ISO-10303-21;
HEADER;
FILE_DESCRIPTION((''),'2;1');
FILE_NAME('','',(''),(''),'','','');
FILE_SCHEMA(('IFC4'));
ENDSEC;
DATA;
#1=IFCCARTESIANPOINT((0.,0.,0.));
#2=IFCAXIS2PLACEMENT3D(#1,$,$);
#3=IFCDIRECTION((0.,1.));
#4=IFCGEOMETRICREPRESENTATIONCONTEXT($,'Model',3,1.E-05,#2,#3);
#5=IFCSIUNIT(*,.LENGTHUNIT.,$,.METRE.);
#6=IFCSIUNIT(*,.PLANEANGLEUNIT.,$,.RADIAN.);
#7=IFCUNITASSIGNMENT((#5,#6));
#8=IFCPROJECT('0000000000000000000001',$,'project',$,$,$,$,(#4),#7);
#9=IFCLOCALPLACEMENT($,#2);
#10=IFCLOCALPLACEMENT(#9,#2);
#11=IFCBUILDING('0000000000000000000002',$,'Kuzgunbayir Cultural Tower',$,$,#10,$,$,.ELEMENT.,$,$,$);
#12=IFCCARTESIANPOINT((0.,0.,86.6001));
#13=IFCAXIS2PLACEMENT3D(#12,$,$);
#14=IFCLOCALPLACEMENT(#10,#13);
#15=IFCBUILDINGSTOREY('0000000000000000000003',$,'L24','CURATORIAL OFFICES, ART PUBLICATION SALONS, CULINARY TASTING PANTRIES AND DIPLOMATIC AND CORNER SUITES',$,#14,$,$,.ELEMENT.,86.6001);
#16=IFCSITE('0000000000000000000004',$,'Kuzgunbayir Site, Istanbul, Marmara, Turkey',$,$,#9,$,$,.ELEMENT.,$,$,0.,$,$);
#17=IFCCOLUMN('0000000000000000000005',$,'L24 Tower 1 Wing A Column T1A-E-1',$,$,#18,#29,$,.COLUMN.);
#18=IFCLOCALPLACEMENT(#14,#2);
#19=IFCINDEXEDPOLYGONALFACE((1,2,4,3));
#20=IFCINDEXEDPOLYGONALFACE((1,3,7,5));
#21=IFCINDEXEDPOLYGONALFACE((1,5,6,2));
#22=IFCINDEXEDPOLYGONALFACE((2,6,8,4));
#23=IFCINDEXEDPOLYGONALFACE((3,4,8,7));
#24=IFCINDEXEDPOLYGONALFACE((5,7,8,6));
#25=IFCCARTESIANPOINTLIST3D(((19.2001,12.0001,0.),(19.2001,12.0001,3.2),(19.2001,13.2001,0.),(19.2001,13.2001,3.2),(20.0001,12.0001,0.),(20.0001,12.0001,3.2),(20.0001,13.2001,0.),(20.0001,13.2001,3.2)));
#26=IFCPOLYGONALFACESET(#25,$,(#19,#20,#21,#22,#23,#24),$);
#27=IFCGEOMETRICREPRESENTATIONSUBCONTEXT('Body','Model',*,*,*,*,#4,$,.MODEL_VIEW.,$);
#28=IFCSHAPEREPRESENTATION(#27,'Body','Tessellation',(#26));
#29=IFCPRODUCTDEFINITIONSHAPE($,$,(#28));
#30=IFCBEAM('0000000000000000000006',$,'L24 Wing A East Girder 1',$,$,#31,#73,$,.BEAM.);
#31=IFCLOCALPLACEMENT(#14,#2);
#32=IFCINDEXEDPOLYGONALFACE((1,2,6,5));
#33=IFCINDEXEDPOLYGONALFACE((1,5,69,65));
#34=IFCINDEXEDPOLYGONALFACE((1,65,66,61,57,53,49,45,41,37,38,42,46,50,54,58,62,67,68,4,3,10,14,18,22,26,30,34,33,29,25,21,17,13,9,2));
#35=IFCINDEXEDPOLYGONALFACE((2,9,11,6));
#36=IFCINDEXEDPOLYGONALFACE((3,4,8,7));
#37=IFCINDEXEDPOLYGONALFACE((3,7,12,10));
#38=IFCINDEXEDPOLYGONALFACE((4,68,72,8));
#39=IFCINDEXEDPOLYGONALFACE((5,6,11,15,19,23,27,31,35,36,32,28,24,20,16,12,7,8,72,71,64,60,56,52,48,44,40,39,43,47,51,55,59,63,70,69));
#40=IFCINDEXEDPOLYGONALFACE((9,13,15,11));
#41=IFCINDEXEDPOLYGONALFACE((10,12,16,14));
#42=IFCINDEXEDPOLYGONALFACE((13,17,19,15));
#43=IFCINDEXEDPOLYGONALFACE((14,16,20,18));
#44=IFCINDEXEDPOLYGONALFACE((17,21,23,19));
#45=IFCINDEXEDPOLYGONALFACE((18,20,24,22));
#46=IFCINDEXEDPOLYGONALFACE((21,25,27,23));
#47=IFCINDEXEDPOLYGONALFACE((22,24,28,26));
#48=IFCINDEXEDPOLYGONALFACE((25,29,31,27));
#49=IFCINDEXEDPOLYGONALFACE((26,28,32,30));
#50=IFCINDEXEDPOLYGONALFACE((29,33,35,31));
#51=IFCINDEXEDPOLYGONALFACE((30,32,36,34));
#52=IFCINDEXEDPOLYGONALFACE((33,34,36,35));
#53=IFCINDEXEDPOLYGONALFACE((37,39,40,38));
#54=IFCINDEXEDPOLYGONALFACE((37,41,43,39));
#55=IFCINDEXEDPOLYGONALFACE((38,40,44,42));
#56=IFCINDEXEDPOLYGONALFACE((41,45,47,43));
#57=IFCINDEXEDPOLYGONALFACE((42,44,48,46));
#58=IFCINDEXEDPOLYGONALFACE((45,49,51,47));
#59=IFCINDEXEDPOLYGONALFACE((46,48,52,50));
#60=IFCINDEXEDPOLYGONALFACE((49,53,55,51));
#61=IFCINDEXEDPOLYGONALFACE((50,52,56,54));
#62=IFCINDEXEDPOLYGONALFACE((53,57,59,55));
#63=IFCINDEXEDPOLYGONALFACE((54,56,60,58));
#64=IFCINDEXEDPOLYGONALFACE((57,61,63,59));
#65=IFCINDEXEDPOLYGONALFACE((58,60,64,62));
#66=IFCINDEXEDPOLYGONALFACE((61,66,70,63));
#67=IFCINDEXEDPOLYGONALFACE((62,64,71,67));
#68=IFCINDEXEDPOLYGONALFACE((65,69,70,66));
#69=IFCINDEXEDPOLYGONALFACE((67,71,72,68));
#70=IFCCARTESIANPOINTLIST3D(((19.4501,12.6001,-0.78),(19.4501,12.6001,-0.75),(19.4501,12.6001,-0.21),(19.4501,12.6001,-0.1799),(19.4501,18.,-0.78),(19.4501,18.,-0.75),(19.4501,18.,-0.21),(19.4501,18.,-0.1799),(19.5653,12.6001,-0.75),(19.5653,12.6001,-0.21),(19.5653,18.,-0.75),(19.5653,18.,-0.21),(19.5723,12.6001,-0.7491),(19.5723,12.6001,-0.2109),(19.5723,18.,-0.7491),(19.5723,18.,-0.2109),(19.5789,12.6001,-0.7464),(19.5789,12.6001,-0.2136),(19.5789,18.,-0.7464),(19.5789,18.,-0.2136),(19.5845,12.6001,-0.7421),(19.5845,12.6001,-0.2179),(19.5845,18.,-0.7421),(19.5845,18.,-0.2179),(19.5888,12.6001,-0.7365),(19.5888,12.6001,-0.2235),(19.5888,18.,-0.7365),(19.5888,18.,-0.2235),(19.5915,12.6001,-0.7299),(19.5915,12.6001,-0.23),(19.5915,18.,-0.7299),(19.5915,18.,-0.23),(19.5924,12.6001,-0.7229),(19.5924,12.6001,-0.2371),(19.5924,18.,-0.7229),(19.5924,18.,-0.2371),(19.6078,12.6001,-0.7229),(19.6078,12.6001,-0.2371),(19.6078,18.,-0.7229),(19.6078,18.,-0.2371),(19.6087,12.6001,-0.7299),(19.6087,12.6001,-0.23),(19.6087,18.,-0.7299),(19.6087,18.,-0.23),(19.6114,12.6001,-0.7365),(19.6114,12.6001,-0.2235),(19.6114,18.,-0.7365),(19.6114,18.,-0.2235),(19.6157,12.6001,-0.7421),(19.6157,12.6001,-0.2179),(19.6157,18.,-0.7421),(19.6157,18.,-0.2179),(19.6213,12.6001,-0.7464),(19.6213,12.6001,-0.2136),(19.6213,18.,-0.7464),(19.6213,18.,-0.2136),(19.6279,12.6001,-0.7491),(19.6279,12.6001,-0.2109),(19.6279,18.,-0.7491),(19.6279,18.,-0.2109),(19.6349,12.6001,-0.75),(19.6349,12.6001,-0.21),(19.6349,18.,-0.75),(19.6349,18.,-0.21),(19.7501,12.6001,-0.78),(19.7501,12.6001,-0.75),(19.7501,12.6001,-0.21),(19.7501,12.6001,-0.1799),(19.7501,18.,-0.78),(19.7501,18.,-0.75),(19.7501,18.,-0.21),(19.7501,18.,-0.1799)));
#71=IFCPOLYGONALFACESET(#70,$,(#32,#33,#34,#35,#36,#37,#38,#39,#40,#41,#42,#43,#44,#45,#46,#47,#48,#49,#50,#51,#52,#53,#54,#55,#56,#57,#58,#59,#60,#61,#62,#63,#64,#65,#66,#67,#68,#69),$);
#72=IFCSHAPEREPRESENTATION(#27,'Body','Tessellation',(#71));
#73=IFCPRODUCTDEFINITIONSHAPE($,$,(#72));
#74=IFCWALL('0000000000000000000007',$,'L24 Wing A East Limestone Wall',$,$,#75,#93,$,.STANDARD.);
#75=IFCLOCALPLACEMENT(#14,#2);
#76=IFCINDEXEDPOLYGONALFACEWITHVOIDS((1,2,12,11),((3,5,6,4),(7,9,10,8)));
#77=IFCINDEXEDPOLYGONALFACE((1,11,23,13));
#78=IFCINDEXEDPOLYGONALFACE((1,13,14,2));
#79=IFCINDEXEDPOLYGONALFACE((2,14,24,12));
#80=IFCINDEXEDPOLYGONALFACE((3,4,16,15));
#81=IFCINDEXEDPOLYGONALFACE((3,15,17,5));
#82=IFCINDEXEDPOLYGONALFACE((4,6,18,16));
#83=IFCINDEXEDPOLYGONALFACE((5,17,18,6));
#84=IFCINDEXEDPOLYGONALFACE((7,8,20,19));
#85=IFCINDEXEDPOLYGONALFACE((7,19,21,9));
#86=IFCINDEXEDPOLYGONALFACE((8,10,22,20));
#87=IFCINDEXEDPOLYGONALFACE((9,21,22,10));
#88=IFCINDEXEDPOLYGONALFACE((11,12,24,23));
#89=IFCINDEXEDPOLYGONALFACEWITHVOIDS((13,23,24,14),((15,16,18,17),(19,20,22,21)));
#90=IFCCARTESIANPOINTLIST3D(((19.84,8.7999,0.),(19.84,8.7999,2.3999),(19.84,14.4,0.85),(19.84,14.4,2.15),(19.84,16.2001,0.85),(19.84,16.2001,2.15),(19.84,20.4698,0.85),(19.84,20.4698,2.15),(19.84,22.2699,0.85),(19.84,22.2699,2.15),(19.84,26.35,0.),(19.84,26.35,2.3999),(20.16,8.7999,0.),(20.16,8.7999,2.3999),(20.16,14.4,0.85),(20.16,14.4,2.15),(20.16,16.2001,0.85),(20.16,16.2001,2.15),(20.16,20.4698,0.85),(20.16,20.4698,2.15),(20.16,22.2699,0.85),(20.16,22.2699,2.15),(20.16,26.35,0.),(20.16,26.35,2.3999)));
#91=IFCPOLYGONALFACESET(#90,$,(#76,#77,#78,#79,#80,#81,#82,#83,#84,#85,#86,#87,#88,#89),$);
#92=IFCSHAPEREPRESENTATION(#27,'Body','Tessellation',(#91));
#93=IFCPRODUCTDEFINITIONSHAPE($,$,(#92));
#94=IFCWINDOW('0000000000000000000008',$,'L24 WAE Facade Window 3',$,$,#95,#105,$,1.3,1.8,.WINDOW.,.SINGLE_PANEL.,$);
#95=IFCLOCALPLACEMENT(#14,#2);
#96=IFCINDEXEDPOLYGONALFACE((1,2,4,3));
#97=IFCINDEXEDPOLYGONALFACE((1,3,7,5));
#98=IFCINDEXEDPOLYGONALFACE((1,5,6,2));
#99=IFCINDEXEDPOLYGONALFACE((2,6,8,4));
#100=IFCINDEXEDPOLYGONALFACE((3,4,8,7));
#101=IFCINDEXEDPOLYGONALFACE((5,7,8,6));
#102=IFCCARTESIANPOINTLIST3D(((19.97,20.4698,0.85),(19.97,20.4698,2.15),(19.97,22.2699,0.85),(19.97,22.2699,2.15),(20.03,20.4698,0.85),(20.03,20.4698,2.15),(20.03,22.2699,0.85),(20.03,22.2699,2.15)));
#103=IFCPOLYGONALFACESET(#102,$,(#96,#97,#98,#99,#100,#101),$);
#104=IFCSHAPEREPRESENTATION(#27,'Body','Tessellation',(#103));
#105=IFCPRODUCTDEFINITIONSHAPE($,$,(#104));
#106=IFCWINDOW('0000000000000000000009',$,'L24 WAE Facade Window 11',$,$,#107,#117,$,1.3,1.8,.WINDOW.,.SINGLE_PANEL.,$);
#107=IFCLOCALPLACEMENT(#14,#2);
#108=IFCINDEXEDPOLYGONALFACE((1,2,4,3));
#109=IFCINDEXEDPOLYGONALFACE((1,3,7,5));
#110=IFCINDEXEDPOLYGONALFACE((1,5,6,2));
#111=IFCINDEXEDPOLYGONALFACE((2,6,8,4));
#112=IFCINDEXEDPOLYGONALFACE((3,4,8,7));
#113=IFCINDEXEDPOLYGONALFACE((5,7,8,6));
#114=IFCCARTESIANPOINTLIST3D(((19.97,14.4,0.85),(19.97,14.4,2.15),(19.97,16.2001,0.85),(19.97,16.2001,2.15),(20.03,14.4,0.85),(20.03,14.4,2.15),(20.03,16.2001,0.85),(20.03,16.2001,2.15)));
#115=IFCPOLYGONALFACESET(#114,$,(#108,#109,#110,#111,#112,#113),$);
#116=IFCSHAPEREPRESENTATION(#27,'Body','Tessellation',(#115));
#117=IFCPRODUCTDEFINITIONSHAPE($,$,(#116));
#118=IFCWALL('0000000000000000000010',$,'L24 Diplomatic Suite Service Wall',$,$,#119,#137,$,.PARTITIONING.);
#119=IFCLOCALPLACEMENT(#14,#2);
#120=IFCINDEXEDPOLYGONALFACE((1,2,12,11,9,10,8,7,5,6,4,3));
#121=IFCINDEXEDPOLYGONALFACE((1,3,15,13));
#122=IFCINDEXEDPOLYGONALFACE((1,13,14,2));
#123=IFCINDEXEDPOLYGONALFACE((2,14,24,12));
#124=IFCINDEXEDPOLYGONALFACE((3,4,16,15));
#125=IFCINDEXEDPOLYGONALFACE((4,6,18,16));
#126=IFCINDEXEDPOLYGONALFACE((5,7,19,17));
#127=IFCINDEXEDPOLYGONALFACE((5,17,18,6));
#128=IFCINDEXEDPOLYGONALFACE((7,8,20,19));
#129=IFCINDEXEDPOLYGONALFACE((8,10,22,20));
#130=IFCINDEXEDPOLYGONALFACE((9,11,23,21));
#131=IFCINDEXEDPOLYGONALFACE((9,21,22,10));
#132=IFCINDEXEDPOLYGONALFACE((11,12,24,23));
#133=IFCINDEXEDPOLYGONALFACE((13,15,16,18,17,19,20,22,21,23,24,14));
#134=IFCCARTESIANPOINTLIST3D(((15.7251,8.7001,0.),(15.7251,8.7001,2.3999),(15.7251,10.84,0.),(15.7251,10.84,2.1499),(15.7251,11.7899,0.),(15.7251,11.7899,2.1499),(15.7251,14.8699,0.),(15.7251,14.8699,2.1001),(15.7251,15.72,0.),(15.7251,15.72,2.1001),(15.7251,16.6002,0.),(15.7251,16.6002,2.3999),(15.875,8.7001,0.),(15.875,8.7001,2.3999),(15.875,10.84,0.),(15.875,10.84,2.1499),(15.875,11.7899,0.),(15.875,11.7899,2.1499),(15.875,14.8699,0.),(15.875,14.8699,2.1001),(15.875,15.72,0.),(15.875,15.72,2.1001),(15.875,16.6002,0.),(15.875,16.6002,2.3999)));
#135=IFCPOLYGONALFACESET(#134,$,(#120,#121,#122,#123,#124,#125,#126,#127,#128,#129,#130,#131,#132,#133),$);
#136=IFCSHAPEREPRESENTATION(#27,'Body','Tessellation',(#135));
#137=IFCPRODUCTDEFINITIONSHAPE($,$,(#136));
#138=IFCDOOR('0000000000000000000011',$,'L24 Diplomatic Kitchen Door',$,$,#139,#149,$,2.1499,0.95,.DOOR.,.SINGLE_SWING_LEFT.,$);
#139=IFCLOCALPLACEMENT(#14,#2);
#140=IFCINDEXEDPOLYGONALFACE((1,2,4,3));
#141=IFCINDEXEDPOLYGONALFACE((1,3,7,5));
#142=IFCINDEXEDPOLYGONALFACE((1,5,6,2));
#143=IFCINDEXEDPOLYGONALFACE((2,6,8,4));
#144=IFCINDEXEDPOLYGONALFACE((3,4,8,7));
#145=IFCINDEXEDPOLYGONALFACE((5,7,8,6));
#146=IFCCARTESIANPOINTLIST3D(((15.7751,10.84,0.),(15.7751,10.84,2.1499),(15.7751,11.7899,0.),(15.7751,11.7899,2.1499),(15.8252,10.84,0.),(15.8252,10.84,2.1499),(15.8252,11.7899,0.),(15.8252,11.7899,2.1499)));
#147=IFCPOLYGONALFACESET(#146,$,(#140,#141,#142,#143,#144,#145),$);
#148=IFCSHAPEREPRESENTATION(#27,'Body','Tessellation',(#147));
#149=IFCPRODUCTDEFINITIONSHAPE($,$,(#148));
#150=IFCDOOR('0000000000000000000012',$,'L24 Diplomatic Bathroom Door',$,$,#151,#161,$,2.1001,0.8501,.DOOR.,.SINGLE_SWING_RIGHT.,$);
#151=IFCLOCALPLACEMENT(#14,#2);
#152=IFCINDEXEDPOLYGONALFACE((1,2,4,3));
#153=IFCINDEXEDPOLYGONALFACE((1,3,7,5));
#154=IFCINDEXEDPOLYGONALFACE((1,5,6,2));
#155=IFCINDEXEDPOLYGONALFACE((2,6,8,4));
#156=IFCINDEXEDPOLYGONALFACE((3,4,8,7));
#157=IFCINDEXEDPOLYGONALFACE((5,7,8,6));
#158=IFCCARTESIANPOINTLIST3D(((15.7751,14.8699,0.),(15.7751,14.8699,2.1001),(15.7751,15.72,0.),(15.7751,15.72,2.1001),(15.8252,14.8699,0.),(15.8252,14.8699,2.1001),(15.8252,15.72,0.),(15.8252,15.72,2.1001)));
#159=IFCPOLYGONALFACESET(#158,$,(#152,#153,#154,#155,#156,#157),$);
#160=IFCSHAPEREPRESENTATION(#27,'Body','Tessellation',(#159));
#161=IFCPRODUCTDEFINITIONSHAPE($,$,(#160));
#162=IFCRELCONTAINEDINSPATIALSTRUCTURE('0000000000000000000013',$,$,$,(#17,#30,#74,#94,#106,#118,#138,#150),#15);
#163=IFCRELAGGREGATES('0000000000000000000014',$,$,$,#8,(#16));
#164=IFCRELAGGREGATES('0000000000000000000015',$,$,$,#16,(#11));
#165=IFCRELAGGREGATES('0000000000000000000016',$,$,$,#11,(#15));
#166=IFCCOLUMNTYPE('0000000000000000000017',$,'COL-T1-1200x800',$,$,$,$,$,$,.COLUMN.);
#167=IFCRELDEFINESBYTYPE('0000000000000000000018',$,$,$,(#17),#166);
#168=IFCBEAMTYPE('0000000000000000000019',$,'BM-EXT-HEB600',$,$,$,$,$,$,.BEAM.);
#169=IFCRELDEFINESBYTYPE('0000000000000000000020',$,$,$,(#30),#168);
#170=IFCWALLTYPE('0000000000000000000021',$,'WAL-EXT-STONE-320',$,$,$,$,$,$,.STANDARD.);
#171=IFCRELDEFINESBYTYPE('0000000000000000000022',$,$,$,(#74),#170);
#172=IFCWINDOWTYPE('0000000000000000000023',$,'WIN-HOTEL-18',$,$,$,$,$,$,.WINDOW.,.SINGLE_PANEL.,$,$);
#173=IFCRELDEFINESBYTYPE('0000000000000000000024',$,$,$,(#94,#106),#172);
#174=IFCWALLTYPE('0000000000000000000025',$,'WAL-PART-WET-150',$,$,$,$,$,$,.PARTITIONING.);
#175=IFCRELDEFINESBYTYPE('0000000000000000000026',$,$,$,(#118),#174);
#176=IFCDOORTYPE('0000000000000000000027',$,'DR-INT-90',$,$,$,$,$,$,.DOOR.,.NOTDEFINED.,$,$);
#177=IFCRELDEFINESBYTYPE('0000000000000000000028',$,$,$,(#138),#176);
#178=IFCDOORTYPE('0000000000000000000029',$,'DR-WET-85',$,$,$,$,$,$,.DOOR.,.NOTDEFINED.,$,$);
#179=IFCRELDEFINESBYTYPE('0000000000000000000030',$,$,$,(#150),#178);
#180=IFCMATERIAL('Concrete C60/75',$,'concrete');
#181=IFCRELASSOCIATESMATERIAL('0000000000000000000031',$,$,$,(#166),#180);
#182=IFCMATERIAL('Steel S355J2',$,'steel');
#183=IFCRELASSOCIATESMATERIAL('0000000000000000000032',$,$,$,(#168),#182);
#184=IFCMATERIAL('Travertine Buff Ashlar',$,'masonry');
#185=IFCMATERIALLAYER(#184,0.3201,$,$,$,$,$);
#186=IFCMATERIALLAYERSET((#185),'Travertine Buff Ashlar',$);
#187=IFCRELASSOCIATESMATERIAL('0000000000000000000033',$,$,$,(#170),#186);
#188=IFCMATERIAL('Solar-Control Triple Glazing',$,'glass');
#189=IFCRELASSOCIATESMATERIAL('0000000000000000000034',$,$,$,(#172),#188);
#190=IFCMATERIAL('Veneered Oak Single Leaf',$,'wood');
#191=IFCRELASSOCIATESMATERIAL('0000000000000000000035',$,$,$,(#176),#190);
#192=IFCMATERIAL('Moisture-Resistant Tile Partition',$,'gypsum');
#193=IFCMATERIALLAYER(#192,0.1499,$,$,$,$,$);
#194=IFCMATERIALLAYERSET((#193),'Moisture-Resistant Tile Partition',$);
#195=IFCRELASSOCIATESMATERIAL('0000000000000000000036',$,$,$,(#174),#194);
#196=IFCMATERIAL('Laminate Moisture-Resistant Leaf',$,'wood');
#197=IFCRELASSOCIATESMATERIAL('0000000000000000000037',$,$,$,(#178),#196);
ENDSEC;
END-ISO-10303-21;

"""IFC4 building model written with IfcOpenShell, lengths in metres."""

from ifc_helpers import new_model, si_unit, direction, frame, frame_2d, origin, origin_2d, place, context, subcontext, project, spatial, rectangle, i_section, extrude, material, layer, layer_set, material_profile, profile_set, type_object, element, fill, save


model = new_model("IFC4")

# Units and contexts
model_context = context("Model", 3, precision=1e-05, world=origin(), true_north=direction((0.0, 1.0)))
body_context = subcontext(model_context, "Body", "Model", "MODEL_VIEW")
ifc_project = project(units=[si_unit("LENGTHUNIT", "METRE"), si_unit("PLANEANGLEUNIT", "RADIAN")], contexts=[model_context])

# Site, building, storey
site_placement = place(None, origin())
site = spatial("IfcSite", under=ifc_project, at=site_placement, Name="Kuzgunbayir Site, Istanbul, Marmara, Turkey", CompositionType="ELEMENT", RefElevation=0.0)
building_placement = place(site_placement, origin())
building = spatial("IfcBuilding", under=site, at=building_placement, Name="Kuzgunbayir Cultural Tower", CompositionType="ELEMENT")
storey_placement = place(building_placement, frame((0.0, 0.0, 86.6001)))
storey = spatial("IfcBuildingStorey", under=building, at=storey_placement, Name="L24", Description="CURATORIAL OFFICES, ART PUBLICATION SALONS, CULINARY TASTING PANTRIES AND DIPLOMATIC AND CORNER SUITES", CompositionType="ELEMENT", Elevation=86.6001)

# Column
ifc_material_1 = material(Name="Concrete C60/75", Category="concrete")
ifc_material_profile_1 = material_profile(ifc_material_1, rectangle(XDim=0.8, YDim=1.2, at=origin_2d()), Name="RC 1200x800")
ifc_profile_set_1 = profile_set([ifc_material_profile_1], Name="Concrete C60/75")
column_type = type_object("IfcColumnType", Name="COL-T1-1200x800", PredefinedType="COLUMN", material=ifc_profile_set_1)
column_placement = place(storey_placement, frame((19.6001, 12.6001, 0.0), z_axis=(0.0, 0.0, 1.0), x_axis=(1.0, 0.0, 0.0)))
element("IfcColumn", 1, at=column_placement, inside=storey, type_object=column_type, Name="L24 Tower 1 Wing A Column T1A-E-1", PredefinedType="COLUMN", context=body_context, shape_type="SweptSolid", body=[
    extrude(rectangle(XDim=0.8, YDim=1.2, at=origin_2d()), origin(), (0.0, 0.0, 1.0), 3.2),
])

# Beam
ifc_material_2 = material(Name="Steel S355J2", Category="steel")
ifc_material_profile_2 = material_profile(ifc_material_2, i_section(OverallWidth=0.3, OverallDepth=0.6001, WebThickness=0.0154, FlangeThickness=0.03, FilletRadius=0.0271, at=origin_2d()), Name="HEB 600")
ifc_profile_set_2 = profile_set([ifc_material_profile_2], Name="Steel S355J2")
beam_type = type_object("IfcBeamType", Name="BM-EXT-HEB600", PredefinedType="BEAM", material=ifc_profile_set_2)
beam_placement = place(storey_placement, frame((19.6001, 12.6001, -0.48), z_axis=(0.0, 1.0, 0.0), x_axis=(-1.0, 0.0, 0.0)))
element("IfcBeam", 2, at=beam_placement, inside=storey, type_object=beam_type, Name="L24 Wing A East Girder 1", PredefinedType="BEAM", context=body_context, shape_type="SweptSolid", body=[
    extrude(i_section(OverallWidth=0.3, OverallDepth=0.6001, WebThickness=0.0154, FlangeThickness=0.03, FilletRadius=0.0271, at=origin_2d()), origin(), (0.0, 0.0, 1.0), 5.3999),
])

# Wall, openings, windows
ifc_material_3 = material(Name="Travertine Buff Ashlar", Category="masonry")
ifc_layer_1 = layer(ifc_material_3, 0.3201)
ifc_layer_set_1 = layer_set([ifc_layer_1], Name="Travertine Buff Ashlar")
wall_type_1 = type_object("IfcWallType", Name="WAL-EXT-STONE-320", PredefinedType="STANDARD", material=ifc_layer_set_1)
wall_1_placement = place(storey_placement, frame((20.0, 8.8, 0.0), z_axis=(0.0, 0.0, 1.0), x_axis=(0.0, 1.0, 0.0)))
wall_1 = element("IfcWall", 3, at=wall_1_placement, inside=storey, type_object=wall_type_1, Name="L24 Wing A East Limestone Wall", PredefinedType="STANDARD", context=body_context, shape_type="SweptSolid", body=[
    extrude(rectangle(XDim=17.55, YDim=0.3201, at=frame_2d((8.7749, 0.0))), origin(), (0.0, 0.0, 1.0), 2.3999),
])
opening_1_placement = place(wall_1_placement, frame((11.6699, 0.0, 0.8501)))
opening_1 = element("IfcOpeningElement", 4, at=opening_1_placement, cuts=wall_1, PredefinedType="OPENING", context=body_context, shape_type="SweptSolid", body=[
    extrude(rectangle(XDim=1.8, YDim=1.3, at=frame_2d((0.8999, 0.6499))), frame((0.0, 0.1699, 0.0), z_axis=(0.0, -1.0, 0.0), x_axis=(1.0, 0.0, 0.0)), (0.0, 0.0, 1.0), 0.3401),
])
opening_2_placement = place(wall_1_placement, frame((5.6001, 0.0, 0.8501)))
opening_2 = element("IfcOpeningElement", 5, at=opening_2_placement, cuts=wall_1, PredefinedType="OPENING", context=body_context, shape_type="SweptSolid", body=[
    extrude(rectangle(XDim=1.8, YDim=1.3, at=frame_2d((0.8999, 0.6499))), frame((0.0, 0.1699, 0.0), z_axis=(0.0, -1.0, 0.0), x_axis=(1.0, 0.0, 0.0)), (0.0, 0.0, 1.0), 0.3401),
])
ifc_material_4 = material(Name="Solar-Control Triple Glazing", Category="glass")
window_type = type_object("IfcWindowType", Name="WIN-HOTEL-18", PartitioningType="SINGLE_PANEL", PredefinedType="WINDOW", material=ifc_material_4)
window_1_placement = place(opening_1_placement, origin())
window_1 = element("IfcWindow", 6, at=window_1_placement, inside=storey, type_object=window_type, Name="L24 WAE Facade Window 3", OverallHeight=1.3, OverallWidth=1.8, PartitioningType="SINGLE_PANEL", PredefinedType="WINDOW", context=body_context, shape_type="SweptSolid", body=[
    extrude(rectangle(XDim=1.8, YDim=1.3, at=frame_2d((0.8999, 0.6499))), frame((0.0, 0.03, 0.0), z_axis=(0.0, -1.0, 0.0), x_axis=(1.0, 0.0, 0.0)), (0.0, 0.0, 1.0), 0.0601),
])
fill(opening_1, window_1)
window_2_placement = place(opening_2_placement, origin())
window_2 = element("IfcWindow", 7, at=window_2_placement, inside=storey, type_object=window_type, Name="L24 WAE Facade Window 11", OverallHeight=1.3, OverallWidth=1.8, PartitioningType="SINGLE_PANEL", PredefinedType="WINDOW", context=body_context, shape_type="SweptSolid", body=[
    extrude(rectangle(XDim=1.8, YDim=1.3, at=frame_2d((0.8999, 0.6499))), frame((0.0, 0.03, 0.0), z_axis=(0.0, -1.0, 0.0), x_axis=(1.0, 0.0, 0.0)), (0.0, 0.0, 1.0), 0.0601),
])
fill(opening_2, window_2)

# Wall, openings, doors
ifc_material_5 = material(Name="Veneered Oak Single Leaf", Category="wood")
door_type_1 = type_object("IfcDoorType", Name="DR-INT-90", OperationType="NOTDEFINED", PredefinedType="DOOR", material=ifc_material_5)
ifc_material_6 = material(Name="Laminate Moisture-Resistant Leaf", Category="wood")
ifc_material_7 = material(Name="Moisture-Resistant Tile Partition", Category="gypsum")
ifc_layer_2 = layer(ifc_material_7, 0.1499)
ifc_layer_set_2 = layer_set([ifc_layer_2], Name="Moisture-Resistant Tile Partition")
wall_type_2 = type_object("IfcWallType", Name="WAL-PART-WET-150", PredefinedType="PARTITIONING", material=ifc_layer_set_2)
wall_2_placement = place(storey_placement, frame((15.8, 8.7, 0.0), z_axis=(0.0, 0.0, 1.0), x_axis=(0.0, 1.0, 0.0)))
wall_2 = element("IfcWall", 8, at=wall_2_placement, inside=storey, type_object=wall_type_2, Name="L24 Diplomatic Suite Service Wall", PredefinedType="PARTITIONING", context=body_context, shape_type="SweptSolid", body=[
    extrude(rectangle(XDim=7.9001, YDim=0.1499, at=frame_2d((3.9502, 0.0))), origin(), (0.0, 0.0, 1.0), 2.3999),
])
opening_3_placement = place(wall_2_placement, frame((2.1399, 0.0, 0.0)))
opening_3 = element("IfcOpeningElement", 9, at=opening_3_placement, cuts=wall_2, PredefinedType="OPENING", context=body_context, shape_type="SweptSolid", body=[
    extrude(rectangle(XDim=0.95, YDim=2.1499, at=frame_2d((0.4751, 1.075))), frame((0.0, 0.085, 0.0), z_axis=(0.0, -1.0, 0.0), x_axis=(1.0, 0.0, 0.0)), (0.0, 0.0, 1.0), 0.1699),
])
opening_4_placement = place(wall_2_placement, frame((6.1699, 0.0, 0.0)))
opening_4 = element("IfcOpeningElement", 10, at=opening_4_placement, cuts=wall_2, PredefinedType="OPENING", context=body_context, shape_type="SweptSolid", body=[
    extrude(rectangle(XDim=0.8501, YDim=2.1001, at=frame_2d((0.425, 1.05))), frame((0.0, 0.085, 0.0), z_axis=(0.0, -1.0, 0.0), x_axis=(1.0, 0.0, 0.0)), (0.0, 0.0, 1.0), 0.1699),
])
door_1_placement = place(opening_3_placement, origin())
door_1 = element("IfcDoor", 11, at=door_1_placement, inside=storey, type_object=door_type_1, Name="L24 Diplomatic Kitchen Door", OperationType="SINGLE_SWING_LEFT", OverallHeight=2.1499, OverallWidth=0.95, PredefinedType="DOOR", context=body_context, shape_type="SweptSolid", body=[
    extrude(rectangle(XDim=0.95, YDim=2.1499, at=frame_2d((0.4751, 1.075))), frame((0.0, 0.0249, 0.0), z_axis=(0.0, -1.0, 0.0), x_axis=(1.0, 0.0, 0.0)), (0.0, 0.0, 1.0), 0.05),
])
fill(opening_3, door_1)
door_type_2 = type_object("IfcDoorType", Name="DR-WET-85", OperationType="NOTDEFINED", PredefinedType="DOOR", material=ifc_material_6)
door_2_placement = place(opening_4_placement, origin())
door_2 = element("IfcDoor", 12, at=door_2_placement, inside=storey, type_object=door_type_2, Name="L24 Diplomatic Bathroom Door", OperationType="SINGLE_SWING_RIGHT", OverallHeight=2.1001, OverallWidth=0.8501, PredefinedType="DOOR", context=body_context, shape_type="SweptSolid", body=[
    extrude(rectangle(XDim=0.8501, YDim=2.1001, at=frame_2d((0.425, 1.05))), frame((0.0, 0.0249, 0.0), z_axis=(0.0, -1.0, 0.0), x_axis=(1.0, 0.0, 0.0)), (0.0, 0.0, 1.0), 0.05),
])
fill(opening_4, door_2)

save(model, "model.ifc")
